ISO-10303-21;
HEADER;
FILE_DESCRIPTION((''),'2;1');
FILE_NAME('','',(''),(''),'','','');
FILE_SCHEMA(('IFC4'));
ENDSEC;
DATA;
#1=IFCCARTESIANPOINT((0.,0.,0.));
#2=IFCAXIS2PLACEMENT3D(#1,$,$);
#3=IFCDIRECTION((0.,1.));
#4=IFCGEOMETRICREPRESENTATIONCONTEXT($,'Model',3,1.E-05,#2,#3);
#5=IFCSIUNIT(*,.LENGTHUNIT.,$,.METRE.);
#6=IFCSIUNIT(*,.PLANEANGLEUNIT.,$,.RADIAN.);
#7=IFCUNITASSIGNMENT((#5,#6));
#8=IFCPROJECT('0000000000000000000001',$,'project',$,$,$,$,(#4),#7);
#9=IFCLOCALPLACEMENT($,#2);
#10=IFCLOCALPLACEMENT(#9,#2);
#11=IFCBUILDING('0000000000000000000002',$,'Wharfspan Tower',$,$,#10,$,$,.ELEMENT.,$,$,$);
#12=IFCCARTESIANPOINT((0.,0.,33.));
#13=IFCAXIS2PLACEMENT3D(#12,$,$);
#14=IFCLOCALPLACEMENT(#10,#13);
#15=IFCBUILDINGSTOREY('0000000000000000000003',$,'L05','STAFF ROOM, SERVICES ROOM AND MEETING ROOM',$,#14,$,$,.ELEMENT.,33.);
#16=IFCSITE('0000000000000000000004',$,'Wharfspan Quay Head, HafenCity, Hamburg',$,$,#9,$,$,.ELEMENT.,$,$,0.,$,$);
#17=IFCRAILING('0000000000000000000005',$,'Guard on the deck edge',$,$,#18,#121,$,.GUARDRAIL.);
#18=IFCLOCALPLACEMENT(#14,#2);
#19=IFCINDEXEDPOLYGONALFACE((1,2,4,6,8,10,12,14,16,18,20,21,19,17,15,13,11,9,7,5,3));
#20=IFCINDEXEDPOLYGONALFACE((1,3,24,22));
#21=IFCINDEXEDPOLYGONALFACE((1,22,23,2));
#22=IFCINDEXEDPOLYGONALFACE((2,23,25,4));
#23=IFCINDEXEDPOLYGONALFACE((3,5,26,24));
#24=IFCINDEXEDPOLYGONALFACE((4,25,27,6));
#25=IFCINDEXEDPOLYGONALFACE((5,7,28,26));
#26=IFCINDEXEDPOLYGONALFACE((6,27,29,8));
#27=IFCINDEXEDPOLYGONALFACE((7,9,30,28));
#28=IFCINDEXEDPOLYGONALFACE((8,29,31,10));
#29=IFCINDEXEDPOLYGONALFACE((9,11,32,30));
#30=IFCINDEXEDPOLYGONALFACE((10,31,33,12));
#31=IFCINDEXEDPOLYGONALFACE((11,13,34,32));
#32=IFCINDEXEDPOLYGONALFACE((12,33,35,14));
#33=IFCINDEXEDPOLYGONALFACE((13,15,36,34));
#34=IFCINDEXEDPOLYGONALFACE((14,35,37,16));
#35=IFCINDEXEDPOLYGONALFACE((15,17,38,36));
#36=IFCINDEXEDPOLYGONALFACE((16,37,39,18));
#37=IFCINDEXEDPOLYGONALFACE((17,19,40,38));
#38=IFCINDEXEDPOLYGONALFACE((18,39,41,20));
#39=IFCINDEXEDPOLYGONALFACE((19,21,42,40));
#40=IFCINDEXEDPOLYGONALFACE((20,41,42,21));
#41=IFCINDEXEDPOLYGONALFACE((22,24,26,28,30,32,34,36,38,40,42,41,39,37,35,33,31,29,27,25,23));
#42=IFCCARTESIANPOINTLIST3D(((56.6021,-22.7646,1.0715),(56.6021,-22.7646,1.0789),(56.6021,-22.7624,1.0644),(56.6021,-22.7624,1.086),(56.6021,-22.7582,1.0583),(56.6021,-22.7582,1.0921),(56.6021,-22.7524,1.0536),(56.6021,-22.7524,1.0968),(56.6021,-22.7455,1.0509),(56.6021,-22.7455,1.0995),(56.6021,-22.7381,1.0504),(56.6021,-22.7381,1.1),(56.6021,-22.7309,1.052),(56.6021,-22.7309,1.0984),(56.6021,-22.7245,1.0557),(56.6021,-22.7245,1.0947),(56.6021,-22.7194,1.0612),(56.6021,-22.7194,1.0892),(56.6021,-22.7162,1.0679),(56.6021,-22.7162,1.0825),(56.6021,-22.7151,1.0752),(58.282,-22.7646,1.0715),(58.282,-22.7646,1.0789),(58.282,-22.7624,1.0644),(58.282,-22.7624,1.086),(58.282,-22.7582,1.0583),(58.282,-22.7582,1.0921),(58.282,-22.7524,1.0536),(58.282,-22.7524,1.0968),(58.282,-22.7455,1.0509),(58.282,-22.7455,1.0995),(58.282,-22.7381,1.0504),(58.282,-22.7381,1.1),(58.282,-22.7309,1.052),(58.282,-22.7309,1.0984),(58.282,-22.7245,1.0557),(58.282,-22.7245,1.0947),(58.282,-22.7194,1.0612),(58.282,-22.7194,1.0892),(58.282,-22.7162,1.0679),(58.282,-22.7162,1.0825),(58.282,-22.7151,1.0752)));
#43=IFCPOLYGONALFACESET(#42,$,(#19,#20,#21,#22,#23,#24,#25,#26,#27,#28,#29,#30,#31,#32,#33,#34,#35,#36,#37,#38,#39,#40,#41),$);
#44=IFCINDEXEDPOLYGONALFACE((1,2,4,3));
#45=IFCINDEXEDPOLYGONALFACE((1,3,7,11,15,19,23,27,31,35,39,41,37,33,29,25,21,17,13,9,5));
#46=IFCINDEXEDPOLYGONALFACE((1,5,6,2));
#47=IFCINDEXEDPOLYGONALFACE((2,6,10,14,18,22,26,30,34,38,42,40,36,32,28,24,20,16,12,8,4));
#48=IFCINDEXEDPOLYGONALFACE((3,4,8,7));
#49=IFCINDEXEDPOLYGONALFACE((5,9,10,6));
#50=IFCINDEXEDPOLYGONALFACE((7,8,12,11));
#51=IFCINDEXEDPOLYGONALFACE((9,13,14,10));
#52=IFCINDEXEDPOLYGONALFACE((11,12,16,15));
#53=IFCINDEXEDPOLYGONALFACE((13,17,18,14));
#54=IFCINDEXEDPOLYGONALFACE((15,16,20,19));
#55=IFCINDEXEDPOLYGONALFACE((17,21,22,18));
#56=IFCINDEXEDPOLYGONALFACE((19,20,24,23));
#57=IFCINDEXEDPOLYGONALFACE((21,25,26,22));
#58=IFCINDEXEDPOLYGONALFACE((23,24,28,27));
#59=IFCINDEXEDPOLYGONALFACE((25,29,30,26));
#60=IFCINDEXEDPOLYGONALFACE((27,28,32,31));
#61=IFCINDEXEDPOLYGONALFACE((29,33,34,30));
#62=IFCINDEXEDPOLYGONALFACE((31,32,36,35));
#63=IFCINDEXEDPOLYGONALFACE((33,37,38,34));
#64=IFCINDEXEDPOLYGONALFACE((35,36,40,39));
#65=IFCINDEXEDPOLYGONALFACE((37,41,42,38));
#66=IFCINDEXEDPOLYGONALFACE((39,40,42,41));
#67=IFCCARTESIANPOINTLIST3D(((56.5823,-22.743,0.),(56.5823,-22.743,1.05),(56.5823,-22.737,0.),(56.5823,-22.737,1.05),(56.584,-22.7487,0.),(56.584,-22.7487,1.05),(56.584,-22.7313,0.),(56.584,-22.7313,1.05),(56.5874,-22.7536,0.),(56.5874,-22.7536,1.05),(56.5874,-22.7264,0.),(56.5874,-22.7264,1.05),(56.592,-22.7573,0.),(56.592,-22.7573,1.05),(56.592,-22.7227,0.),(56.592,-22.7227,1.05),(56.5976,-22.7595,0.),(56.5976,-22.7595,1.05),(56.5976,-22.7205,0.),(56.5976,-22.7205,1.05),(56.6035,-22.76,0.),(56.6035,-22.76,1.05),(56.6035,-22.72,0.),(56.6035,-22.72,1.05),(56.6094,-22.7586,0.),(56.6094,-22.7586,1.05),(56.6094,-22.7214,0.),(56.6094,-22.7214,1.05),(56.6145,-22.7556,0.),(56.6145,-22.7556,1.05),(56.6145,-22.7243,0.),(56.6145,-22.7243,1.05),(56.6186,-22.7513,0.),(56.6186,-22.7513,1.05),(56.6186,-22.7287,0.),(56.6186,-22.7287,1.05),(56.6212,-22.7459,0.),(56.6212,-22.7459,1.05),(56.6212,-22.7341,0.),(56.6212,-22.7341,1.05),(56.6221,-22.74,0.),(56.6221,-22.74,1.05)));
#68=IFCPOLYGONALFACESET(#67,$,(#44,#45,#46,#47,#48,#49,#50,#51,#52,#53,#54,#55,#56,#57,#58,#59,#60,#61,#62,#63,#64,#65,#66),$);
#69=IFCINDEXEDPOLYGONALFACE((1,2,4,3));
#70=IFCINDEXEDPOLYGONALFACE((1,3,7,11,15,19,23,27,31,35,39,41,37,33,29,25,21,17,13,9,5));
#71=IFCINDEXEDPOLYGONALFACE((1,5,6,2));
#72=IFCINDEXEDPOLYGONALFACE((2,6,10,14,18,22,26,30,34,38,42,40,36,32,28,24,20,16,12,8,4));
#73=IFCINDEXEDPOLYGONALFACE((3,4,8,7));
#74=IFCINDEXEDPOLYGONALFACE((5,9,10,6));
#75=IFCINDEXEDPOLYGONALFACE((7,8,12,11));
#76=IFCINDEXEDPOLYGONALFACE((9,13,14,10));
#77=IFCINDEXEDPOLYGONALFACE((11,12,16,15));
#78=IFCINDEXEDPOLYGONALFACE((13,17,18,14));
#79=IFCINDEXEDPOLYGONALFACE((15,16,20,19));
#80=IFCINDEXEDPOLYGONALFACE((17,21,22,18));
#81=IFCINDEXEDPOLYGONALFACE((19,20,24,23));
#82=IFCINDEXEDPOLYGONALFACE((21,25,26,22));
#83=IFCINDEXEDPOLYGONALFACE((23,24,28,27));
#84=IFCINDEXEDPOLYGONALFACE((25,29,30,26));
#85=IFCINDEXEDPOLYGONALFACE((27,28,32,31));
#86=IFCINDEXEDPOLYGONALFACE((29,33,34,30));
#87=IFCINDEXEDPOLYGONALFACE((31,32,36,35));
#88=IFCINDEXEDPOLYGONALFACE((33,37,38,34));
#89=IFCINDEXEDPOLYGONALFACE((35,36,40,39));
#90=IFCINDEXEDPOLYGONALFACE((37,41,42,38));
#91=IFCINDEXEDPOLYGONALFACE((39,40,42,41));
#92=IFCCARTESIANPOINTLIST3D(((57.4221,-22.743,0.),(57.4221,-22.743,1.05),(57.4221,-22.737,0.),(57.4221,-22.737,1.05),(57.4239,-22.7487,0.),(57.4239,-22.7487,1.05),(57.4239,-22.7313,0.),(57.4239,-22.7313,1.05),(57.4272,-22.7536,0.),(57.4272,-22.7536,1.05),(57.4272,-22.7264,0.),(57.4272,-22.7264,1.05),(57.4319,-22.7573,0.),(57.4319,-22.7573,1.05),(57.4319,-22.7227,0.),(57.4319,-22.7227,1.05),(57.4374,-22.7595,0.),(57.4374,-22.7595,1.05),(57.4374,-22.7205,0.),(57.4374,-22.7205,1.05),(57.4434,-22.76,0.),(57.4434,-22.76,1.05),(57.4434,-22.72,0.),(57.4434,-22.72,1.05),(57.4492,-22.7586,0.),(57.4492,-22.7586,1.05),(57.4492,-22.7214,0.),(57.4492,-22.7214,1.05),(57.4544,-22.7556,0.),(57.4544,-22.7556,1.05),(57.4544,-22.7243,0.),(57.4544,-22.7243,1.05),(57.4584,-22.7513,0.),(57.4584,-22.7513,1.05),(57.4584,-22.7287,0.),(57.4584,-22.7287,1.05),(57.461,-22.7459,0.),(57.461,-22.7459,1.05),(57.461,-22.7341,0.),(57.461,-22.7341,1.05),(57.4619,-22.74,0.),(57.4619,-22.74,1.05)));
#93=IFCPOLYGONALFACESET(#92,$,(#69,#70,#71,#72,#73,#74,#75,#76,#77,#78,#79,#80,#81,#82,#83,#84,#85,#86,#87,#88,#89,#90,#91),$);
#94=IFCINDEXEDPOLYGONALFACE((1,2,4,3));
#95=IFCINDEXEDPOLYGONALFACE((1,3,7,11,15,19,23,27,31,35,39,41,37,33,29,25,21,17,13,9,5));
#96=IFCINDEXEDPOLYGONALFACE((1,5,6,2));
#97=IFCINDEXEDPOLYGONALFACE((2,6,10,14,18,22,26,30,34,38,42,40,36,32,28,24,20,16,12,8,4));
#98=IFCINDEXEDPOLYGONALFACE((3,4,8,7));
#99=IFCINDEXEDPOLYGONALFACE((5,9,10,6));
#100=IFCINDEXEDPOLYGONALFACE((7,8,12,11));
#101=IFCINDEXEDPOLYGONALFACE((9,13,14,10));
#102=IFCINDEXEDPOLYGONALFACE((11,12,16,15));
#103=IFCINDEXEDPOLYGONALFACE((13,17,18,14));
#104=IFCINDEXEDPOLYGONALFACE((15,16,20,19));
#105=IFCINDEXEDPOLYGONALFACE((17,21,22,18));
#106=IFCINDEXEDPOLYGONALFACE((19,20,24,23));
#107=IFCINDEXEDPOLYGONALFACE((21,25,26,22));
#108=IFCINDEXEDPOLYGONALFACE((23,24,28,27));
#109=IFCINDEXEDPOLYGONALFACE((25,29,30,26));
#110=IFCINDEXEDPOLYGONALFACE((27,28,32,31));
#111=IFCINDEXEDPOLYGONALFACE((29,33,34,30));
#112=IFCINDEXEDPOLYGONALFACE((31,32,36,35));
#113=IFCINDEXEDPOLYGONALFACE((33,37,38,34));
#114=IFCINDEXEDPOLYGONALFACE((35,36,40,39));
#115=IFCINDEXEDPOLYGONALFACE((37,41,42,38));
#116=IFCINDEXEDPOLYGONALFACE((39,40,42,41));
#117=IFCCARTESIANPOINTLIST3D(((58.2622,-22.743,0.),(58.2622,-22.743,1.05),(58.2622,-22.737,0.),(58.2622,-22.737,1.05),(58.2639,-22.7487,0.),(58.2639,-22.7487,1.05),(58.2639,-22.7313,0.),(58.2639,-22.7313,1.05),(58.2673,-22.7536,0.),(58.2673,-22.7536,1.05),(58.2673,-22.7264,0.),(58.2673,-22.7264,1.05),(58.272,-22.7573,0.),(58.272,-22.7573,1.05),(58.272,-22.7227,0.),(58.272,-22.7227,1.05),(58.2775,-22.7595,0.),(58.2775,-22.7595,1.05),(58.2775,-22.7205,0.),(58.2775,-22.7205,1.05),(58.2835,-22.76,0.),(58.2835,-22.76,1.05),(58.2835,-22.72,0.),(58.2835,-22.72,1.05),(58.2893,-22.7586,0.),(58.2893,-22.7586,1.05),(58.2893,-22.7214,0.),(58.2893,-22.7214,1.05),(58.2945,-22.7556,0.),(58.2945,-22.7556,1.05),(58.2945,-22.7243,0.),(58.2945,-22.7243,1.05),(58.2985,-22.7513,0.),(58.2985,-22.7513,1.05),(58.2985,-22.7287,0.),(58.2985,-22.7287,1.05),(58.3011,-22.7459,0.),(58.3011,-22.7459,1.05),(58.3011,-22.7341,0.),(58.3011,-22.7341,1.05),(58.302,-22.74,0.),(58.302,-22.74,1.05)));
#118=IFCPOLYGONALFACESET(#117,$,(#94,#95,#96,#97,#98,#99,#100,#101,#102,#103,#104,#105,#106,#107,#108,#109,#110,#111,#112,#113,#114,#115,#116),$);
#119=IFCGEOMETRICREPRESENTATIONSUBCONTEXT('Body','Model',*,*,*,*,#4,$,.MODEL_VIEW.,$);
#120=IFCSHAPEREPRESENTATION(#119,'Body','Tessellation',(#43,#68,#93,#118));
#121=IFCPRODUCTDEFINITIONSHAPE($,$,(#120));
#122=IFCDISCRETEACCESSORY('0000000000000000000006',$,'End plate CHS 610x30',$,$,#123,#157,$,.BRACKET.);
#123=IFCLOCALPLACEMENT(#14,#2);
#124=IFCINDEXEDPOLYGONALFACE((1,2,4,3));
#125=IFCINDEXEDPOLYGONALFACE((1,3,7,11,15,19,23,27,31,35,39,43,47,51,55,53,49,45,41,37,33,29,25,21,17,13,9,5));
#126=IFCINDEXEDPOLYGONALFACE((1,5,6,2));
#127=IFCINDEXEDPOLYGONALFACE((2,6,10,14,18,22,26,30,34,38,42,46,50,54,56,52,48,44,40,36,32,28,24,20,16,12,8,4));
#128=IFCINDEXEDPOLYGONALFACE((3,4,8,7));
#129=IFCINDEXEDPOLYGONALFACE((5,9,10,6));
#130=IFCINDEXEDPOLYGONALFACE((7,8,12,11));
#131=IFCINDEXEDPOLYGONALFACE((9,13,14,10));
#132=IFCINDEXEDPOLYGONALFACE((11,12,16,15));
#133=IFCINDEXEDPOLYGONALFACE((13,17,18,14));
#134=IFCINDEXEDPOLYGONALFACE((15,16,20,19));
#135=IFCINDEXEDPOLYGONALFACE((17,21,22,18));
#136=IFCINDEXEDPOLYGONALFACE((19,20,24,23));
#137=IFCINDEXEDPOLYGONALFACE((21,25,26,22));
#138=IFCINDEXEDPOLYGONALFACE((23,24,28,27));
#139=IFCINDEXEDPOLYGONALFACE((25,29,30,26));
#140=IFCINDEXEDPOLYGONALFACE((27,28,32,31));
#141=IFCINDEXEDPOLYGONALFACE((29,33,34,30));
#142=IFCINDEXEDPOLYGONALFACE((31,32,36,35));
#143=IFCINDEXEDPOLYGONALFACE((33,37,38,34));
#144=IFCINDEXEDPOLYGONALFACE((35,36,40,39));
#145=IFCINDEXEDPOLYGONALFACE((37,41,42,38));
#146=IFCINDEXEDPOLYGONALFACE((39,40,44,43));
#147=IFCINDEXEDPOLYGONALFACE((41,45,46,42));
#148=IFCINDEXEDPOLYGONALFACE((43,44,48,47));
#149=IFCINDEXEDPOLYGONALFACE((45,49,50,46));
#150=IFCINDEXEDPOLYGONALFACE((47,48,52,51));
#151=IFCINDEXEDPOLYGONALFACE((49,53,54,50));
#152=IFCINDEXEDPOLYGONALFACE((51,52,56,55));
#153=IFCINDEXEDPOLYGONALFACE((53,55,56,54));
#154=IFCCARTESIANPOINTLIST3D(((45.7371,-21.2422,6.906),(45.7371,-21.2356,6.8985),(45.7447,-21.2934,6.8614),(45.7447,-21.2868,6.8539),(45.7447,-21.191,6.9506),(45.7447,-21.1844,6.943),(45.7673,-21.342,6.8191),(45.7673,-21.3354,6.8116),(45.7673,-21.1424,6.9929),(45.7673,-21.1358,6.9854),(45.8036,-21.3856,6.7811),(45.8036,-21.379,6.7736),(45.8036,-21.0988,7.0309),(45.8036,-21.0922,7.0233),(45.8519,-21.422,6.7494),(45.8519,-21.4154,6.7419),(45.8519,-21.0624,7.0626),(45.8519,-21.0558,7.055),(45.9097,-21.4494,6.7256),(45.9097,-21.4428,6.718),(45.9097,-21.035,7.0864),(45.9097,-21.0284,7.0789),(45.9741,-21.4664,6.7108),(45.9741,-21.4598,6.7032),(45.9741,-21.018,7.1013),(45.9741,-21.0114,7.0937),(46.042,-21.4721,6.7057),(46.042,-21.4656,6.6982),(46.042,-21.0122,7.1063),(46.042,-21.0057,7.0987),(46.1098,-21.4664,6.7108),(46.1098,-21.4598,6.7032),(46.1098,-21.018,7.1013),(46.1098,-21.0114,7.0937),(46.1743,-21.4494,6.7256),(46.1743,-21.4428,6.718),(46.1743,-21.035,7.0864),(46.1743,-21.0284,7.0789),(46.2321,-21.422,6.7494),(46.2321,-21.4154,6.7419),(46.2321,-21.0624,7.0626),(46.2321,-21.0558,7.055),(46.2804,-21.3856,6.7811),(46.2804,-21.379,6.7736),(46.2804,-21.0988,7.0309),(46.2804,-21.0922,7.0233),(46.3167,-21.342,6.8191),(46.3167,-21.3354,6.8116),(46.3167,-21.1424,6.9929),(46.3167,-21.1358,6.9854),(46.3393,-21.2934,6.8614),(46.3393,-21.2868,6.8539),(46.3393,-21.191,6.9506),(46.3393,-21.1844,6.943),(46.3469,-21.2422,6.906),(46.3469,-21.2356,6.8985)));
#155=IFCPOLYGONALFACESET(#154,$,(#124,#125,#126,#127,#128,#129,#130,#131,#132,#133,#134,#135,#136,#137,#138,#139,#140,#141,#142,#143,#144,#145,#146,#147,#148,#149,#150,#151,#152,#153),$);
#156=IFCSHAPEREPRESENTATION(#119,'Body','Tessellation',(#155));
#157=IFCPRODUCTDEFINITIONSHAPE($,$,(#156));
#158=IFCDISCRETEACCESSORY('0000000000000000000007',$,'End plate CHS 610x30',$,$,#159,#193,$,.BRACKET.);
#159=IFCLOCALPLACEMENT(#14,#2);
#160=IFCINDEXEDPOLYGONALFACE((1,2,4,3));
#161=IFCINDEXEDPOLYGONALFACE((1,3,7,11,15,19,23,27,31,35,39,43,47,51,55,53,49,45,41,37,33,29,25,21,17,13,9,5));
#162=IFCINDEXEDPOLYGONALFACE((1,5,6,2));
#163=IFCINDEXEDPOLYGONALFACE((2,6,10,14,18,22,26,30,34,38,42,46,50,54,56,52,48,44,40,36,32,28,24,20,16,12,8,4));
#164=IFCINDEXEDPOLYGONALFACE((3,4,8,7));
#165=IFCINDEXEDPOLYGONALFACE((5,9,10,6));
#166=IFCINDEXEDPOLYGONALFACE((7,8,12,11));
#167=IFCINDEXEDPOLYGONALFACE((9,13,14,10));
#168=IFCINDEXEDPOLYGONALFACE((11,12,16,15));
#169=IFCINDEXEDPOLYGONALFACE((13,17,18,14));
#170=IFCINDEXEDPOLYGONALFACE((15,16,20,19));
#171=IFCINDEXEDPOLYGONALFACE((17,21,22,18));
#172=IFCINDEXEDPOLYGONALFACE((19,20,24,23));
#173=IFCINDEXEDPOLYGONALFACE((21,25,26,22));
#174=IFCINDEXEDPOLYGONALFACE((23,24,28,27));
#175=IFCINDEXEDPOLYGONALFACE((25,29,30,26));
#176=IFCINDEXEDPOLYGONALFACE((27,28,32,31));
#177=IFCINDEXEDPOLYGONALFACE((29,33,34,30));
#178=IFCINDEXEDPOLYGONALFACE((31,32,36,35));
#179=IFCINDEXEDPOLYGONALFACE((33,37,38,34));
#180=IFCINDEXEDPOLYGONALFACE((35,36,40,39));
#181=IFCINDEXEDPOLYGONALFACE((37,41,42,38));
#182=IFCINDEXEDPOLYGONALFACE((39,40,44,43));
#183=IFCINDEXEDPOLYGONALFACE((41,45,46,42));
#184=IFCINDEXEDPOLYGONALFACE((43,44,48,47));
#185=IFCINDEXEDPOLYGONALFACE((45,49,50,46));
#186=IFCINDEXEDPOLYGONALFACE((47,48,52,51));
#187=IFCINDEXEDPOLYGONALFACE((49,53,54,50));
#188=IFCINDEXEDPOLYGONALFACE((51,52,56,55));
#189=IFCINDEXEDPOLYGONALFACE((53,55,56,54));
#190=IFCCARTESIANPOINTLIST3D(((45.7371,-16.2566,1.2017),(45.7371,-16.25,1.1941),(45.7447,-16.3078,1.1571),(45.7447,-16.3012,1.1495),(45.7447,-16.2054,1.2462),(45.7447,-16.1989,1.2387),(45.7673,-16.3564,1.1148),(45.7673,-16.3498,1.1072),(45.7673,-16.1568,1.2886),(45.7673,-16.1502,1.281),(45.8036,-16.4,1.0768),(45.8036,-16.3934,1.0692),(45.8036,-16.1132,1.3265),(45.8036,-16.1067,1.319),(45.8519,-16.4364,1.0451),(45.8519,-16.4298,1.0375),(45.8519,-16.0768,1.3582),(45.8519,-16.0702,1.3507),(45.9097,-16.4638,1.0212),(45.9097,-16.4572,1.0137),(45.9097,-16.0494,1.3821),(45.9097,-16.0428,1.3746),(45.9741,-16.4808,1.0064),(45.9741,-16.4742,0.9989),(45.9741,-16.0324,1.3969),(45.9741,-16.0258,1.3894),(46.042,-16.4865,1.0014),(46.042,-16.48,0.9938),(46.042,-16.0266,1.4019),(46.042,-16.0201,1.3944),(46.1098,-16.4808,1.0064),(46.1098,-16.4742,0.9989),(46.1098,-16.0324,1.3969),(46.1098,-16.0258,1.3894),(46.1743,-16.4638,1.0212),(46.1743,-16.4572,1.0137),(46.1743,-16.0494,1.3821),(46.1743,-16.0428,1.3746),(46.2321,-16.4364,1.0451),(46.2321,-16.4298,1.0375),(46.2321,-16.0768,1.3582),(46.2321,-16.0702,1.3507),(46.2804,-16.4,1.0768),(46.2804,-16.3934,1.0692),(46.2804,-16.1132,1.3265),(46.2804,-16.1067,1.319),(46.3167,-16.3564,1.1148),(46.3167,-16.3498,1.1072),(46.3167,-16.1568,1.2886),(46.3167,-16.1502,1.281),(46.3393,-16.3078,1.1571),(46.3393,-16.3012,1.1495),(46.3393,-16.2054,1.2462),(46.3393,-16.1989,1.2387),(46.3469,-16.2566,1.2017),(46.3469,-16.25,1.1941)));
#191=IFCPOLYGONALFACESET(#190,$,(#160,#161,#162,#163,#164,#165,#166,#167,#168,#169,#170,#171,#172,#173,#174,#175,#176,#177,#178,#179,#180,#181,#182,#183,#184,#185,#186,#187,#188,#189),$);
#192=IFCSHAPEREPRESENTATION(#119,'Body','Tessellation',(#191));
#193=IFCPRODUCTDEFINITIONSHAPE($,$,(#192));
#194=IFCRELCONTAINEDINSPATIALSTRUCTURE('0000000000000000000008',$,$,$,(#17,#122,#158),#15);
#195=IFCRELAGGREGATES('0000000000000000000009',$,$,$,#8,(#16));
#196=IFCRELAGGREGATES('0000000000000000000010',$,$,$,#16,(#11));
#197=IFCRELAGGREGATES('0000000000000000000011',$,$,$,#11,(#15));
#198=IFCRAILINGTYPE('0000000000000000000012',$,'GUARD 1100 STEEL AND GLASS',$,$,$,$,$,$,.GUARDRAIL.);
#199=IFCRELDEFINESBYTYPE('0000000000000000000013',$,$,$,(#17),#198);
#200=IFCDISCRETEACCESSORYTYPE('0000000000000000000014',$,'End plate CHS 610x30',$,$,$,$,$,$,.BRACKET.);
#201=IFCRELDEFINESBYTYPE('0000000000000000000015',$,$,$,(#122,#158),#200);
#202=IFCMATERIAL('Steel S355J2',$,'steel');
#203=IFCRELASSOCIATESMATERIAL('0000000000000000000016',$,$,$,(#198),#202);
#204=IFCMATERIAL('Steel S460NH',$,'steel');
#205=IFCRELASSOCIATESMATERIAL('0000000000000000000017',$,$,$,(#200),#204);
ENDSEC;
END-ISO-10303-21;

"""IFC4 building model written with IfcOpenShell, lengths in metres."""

from ifc_helpers import new_model, si_unit, direction, frame, origin, origin_2d, place, context, subcontext, project, spatial, circle, extrude, material, material_profile, profile_set, type_object, element, save


model = new_model("IFC4")

# Units and contexts
model_context = context("Model", 3, precision=1e-05, world=origin(), true_north=direction((0.0, 1.0)))
body_context = subcontext(model_context, "Body", "Model", "MODEL_VIEW")
ifc_project = project(units=[si_unit("LENGTHUNIT", "METRE"), si_unit("PLANEANGLEUNIT", "RADIAN")], contexts=[model_context])

# Site, building, storey
site_placement = place(None, origin())
site = spatial("IfcSite", under=ifc_project, at=site_placement, Name="Wharfspan Quay Head, HafenCity, Hamburg", CompositionType="ELEMENT", RefElevation=0.0)
building_placement = place(site_placement, origin())
building = spatial("IfcBuilding", under=site, at=building_placement, Name="Wharfspan Tower", CompositionType="ELEMENT")
storey_placement = place(building_placement, frame((0.0, 0.0, 33.0)))
storey = spatial("IfcBuildingStorey", under=building, at=storey_placement, Name="L05", Description="STAFF ROOM, SERVICES ROOM AND MEETING ROOM", CompositionType="ELEMENT", Elevation=33.0)

# Shared definitions
ifc_material_1 = material(Name="Steel S460NH", Category="steel")

# Railing
ifc_material_2 = material(Name="Steel S355J2", Category="steel")
railing_type = type_object("IfcRailingType", Name="GUARD 1100 STEEL AND GLASS", PredefinedType="GUARDRAIL", material=ifc_material_2)
railing_1_placement = place(storey_placement, frame((56.6021, -22.74, 0.0)))
element("IfcRailing", 1, at=railing_1_placement, inside=storey, type_object=railing_type, Name="Guard on the deck edge", PredefinedType="GUARDRAIL", context=body_context, shape_type="SweptSolid", body=[
    extrude(circle(Radius=0.0249, at=origin_2d()), frame((0.0, 0.0, 1.0752), z_axis=(1.0, 0.0, 0.0), x_axis=(0.0, 1.0, 0.0)), (0.0, 0.0, 1.0), 1.6799),
    extrude(circle(Radius=0.02, at=origin_2d()), origin(), (0.0, 0.0, 1.0), 1.05),
    extrude(circle(Radius=0.02, at=origin_2d()), frame((0.8398, 0.0, 0.0)), (0.0, 0.0, 1.0), 1.05),
    extrude(circle(Radius=0.02, at=origin_2d()), frame((1.6799, 0.0, 0.0)), (0.0, 0.0, 1.0), 1.05),
])

# Discrete accessories
ifc_material_profile_1 = material_profile(ifc_material_1, circle(Radius=0.3049, at=origin_2d()))
ifc_profile_set_1 = profile_set([ifc_material_profile_1], Name="Steel S460NH")
discrete_accessory_type = type_object("IfcDiscreteAccessoryType", Name="End plate CHS 610x30", PredefinedType="BRACKET", material=ifc_profile_set_1)
for number, where, z_axis, x_axis, name in (
    (2, (46.042, -21.2422, 6.906), (0.0, 0.656781, -0.754082), (-1.0, 0.0, 0.0), "End plate CHS 610x30"),
    (3, (46.042, -16.2566, 1.2017), (0.0, 0.656781, -0.754082), (-1.0, 0.0, 0.0), "End plate CHS 610x30"),
):
    element("IfcDiscreteAccessory", number, at=place(storey_placement, frame(where, z_axis=z_axis, x_axis=x_axis)), inside=storey, type_object=discrete_accessory_type, Name=name, PredefinedType="BRACKET", context=body_context, shape_type="SweptSolid", body=[
        extrude(circle(Radius=0.3049, at=origin_2d()), origin(), (0.0, 0.0, 1.0), 0.01),
    ])

save(model, "model.ifc")
